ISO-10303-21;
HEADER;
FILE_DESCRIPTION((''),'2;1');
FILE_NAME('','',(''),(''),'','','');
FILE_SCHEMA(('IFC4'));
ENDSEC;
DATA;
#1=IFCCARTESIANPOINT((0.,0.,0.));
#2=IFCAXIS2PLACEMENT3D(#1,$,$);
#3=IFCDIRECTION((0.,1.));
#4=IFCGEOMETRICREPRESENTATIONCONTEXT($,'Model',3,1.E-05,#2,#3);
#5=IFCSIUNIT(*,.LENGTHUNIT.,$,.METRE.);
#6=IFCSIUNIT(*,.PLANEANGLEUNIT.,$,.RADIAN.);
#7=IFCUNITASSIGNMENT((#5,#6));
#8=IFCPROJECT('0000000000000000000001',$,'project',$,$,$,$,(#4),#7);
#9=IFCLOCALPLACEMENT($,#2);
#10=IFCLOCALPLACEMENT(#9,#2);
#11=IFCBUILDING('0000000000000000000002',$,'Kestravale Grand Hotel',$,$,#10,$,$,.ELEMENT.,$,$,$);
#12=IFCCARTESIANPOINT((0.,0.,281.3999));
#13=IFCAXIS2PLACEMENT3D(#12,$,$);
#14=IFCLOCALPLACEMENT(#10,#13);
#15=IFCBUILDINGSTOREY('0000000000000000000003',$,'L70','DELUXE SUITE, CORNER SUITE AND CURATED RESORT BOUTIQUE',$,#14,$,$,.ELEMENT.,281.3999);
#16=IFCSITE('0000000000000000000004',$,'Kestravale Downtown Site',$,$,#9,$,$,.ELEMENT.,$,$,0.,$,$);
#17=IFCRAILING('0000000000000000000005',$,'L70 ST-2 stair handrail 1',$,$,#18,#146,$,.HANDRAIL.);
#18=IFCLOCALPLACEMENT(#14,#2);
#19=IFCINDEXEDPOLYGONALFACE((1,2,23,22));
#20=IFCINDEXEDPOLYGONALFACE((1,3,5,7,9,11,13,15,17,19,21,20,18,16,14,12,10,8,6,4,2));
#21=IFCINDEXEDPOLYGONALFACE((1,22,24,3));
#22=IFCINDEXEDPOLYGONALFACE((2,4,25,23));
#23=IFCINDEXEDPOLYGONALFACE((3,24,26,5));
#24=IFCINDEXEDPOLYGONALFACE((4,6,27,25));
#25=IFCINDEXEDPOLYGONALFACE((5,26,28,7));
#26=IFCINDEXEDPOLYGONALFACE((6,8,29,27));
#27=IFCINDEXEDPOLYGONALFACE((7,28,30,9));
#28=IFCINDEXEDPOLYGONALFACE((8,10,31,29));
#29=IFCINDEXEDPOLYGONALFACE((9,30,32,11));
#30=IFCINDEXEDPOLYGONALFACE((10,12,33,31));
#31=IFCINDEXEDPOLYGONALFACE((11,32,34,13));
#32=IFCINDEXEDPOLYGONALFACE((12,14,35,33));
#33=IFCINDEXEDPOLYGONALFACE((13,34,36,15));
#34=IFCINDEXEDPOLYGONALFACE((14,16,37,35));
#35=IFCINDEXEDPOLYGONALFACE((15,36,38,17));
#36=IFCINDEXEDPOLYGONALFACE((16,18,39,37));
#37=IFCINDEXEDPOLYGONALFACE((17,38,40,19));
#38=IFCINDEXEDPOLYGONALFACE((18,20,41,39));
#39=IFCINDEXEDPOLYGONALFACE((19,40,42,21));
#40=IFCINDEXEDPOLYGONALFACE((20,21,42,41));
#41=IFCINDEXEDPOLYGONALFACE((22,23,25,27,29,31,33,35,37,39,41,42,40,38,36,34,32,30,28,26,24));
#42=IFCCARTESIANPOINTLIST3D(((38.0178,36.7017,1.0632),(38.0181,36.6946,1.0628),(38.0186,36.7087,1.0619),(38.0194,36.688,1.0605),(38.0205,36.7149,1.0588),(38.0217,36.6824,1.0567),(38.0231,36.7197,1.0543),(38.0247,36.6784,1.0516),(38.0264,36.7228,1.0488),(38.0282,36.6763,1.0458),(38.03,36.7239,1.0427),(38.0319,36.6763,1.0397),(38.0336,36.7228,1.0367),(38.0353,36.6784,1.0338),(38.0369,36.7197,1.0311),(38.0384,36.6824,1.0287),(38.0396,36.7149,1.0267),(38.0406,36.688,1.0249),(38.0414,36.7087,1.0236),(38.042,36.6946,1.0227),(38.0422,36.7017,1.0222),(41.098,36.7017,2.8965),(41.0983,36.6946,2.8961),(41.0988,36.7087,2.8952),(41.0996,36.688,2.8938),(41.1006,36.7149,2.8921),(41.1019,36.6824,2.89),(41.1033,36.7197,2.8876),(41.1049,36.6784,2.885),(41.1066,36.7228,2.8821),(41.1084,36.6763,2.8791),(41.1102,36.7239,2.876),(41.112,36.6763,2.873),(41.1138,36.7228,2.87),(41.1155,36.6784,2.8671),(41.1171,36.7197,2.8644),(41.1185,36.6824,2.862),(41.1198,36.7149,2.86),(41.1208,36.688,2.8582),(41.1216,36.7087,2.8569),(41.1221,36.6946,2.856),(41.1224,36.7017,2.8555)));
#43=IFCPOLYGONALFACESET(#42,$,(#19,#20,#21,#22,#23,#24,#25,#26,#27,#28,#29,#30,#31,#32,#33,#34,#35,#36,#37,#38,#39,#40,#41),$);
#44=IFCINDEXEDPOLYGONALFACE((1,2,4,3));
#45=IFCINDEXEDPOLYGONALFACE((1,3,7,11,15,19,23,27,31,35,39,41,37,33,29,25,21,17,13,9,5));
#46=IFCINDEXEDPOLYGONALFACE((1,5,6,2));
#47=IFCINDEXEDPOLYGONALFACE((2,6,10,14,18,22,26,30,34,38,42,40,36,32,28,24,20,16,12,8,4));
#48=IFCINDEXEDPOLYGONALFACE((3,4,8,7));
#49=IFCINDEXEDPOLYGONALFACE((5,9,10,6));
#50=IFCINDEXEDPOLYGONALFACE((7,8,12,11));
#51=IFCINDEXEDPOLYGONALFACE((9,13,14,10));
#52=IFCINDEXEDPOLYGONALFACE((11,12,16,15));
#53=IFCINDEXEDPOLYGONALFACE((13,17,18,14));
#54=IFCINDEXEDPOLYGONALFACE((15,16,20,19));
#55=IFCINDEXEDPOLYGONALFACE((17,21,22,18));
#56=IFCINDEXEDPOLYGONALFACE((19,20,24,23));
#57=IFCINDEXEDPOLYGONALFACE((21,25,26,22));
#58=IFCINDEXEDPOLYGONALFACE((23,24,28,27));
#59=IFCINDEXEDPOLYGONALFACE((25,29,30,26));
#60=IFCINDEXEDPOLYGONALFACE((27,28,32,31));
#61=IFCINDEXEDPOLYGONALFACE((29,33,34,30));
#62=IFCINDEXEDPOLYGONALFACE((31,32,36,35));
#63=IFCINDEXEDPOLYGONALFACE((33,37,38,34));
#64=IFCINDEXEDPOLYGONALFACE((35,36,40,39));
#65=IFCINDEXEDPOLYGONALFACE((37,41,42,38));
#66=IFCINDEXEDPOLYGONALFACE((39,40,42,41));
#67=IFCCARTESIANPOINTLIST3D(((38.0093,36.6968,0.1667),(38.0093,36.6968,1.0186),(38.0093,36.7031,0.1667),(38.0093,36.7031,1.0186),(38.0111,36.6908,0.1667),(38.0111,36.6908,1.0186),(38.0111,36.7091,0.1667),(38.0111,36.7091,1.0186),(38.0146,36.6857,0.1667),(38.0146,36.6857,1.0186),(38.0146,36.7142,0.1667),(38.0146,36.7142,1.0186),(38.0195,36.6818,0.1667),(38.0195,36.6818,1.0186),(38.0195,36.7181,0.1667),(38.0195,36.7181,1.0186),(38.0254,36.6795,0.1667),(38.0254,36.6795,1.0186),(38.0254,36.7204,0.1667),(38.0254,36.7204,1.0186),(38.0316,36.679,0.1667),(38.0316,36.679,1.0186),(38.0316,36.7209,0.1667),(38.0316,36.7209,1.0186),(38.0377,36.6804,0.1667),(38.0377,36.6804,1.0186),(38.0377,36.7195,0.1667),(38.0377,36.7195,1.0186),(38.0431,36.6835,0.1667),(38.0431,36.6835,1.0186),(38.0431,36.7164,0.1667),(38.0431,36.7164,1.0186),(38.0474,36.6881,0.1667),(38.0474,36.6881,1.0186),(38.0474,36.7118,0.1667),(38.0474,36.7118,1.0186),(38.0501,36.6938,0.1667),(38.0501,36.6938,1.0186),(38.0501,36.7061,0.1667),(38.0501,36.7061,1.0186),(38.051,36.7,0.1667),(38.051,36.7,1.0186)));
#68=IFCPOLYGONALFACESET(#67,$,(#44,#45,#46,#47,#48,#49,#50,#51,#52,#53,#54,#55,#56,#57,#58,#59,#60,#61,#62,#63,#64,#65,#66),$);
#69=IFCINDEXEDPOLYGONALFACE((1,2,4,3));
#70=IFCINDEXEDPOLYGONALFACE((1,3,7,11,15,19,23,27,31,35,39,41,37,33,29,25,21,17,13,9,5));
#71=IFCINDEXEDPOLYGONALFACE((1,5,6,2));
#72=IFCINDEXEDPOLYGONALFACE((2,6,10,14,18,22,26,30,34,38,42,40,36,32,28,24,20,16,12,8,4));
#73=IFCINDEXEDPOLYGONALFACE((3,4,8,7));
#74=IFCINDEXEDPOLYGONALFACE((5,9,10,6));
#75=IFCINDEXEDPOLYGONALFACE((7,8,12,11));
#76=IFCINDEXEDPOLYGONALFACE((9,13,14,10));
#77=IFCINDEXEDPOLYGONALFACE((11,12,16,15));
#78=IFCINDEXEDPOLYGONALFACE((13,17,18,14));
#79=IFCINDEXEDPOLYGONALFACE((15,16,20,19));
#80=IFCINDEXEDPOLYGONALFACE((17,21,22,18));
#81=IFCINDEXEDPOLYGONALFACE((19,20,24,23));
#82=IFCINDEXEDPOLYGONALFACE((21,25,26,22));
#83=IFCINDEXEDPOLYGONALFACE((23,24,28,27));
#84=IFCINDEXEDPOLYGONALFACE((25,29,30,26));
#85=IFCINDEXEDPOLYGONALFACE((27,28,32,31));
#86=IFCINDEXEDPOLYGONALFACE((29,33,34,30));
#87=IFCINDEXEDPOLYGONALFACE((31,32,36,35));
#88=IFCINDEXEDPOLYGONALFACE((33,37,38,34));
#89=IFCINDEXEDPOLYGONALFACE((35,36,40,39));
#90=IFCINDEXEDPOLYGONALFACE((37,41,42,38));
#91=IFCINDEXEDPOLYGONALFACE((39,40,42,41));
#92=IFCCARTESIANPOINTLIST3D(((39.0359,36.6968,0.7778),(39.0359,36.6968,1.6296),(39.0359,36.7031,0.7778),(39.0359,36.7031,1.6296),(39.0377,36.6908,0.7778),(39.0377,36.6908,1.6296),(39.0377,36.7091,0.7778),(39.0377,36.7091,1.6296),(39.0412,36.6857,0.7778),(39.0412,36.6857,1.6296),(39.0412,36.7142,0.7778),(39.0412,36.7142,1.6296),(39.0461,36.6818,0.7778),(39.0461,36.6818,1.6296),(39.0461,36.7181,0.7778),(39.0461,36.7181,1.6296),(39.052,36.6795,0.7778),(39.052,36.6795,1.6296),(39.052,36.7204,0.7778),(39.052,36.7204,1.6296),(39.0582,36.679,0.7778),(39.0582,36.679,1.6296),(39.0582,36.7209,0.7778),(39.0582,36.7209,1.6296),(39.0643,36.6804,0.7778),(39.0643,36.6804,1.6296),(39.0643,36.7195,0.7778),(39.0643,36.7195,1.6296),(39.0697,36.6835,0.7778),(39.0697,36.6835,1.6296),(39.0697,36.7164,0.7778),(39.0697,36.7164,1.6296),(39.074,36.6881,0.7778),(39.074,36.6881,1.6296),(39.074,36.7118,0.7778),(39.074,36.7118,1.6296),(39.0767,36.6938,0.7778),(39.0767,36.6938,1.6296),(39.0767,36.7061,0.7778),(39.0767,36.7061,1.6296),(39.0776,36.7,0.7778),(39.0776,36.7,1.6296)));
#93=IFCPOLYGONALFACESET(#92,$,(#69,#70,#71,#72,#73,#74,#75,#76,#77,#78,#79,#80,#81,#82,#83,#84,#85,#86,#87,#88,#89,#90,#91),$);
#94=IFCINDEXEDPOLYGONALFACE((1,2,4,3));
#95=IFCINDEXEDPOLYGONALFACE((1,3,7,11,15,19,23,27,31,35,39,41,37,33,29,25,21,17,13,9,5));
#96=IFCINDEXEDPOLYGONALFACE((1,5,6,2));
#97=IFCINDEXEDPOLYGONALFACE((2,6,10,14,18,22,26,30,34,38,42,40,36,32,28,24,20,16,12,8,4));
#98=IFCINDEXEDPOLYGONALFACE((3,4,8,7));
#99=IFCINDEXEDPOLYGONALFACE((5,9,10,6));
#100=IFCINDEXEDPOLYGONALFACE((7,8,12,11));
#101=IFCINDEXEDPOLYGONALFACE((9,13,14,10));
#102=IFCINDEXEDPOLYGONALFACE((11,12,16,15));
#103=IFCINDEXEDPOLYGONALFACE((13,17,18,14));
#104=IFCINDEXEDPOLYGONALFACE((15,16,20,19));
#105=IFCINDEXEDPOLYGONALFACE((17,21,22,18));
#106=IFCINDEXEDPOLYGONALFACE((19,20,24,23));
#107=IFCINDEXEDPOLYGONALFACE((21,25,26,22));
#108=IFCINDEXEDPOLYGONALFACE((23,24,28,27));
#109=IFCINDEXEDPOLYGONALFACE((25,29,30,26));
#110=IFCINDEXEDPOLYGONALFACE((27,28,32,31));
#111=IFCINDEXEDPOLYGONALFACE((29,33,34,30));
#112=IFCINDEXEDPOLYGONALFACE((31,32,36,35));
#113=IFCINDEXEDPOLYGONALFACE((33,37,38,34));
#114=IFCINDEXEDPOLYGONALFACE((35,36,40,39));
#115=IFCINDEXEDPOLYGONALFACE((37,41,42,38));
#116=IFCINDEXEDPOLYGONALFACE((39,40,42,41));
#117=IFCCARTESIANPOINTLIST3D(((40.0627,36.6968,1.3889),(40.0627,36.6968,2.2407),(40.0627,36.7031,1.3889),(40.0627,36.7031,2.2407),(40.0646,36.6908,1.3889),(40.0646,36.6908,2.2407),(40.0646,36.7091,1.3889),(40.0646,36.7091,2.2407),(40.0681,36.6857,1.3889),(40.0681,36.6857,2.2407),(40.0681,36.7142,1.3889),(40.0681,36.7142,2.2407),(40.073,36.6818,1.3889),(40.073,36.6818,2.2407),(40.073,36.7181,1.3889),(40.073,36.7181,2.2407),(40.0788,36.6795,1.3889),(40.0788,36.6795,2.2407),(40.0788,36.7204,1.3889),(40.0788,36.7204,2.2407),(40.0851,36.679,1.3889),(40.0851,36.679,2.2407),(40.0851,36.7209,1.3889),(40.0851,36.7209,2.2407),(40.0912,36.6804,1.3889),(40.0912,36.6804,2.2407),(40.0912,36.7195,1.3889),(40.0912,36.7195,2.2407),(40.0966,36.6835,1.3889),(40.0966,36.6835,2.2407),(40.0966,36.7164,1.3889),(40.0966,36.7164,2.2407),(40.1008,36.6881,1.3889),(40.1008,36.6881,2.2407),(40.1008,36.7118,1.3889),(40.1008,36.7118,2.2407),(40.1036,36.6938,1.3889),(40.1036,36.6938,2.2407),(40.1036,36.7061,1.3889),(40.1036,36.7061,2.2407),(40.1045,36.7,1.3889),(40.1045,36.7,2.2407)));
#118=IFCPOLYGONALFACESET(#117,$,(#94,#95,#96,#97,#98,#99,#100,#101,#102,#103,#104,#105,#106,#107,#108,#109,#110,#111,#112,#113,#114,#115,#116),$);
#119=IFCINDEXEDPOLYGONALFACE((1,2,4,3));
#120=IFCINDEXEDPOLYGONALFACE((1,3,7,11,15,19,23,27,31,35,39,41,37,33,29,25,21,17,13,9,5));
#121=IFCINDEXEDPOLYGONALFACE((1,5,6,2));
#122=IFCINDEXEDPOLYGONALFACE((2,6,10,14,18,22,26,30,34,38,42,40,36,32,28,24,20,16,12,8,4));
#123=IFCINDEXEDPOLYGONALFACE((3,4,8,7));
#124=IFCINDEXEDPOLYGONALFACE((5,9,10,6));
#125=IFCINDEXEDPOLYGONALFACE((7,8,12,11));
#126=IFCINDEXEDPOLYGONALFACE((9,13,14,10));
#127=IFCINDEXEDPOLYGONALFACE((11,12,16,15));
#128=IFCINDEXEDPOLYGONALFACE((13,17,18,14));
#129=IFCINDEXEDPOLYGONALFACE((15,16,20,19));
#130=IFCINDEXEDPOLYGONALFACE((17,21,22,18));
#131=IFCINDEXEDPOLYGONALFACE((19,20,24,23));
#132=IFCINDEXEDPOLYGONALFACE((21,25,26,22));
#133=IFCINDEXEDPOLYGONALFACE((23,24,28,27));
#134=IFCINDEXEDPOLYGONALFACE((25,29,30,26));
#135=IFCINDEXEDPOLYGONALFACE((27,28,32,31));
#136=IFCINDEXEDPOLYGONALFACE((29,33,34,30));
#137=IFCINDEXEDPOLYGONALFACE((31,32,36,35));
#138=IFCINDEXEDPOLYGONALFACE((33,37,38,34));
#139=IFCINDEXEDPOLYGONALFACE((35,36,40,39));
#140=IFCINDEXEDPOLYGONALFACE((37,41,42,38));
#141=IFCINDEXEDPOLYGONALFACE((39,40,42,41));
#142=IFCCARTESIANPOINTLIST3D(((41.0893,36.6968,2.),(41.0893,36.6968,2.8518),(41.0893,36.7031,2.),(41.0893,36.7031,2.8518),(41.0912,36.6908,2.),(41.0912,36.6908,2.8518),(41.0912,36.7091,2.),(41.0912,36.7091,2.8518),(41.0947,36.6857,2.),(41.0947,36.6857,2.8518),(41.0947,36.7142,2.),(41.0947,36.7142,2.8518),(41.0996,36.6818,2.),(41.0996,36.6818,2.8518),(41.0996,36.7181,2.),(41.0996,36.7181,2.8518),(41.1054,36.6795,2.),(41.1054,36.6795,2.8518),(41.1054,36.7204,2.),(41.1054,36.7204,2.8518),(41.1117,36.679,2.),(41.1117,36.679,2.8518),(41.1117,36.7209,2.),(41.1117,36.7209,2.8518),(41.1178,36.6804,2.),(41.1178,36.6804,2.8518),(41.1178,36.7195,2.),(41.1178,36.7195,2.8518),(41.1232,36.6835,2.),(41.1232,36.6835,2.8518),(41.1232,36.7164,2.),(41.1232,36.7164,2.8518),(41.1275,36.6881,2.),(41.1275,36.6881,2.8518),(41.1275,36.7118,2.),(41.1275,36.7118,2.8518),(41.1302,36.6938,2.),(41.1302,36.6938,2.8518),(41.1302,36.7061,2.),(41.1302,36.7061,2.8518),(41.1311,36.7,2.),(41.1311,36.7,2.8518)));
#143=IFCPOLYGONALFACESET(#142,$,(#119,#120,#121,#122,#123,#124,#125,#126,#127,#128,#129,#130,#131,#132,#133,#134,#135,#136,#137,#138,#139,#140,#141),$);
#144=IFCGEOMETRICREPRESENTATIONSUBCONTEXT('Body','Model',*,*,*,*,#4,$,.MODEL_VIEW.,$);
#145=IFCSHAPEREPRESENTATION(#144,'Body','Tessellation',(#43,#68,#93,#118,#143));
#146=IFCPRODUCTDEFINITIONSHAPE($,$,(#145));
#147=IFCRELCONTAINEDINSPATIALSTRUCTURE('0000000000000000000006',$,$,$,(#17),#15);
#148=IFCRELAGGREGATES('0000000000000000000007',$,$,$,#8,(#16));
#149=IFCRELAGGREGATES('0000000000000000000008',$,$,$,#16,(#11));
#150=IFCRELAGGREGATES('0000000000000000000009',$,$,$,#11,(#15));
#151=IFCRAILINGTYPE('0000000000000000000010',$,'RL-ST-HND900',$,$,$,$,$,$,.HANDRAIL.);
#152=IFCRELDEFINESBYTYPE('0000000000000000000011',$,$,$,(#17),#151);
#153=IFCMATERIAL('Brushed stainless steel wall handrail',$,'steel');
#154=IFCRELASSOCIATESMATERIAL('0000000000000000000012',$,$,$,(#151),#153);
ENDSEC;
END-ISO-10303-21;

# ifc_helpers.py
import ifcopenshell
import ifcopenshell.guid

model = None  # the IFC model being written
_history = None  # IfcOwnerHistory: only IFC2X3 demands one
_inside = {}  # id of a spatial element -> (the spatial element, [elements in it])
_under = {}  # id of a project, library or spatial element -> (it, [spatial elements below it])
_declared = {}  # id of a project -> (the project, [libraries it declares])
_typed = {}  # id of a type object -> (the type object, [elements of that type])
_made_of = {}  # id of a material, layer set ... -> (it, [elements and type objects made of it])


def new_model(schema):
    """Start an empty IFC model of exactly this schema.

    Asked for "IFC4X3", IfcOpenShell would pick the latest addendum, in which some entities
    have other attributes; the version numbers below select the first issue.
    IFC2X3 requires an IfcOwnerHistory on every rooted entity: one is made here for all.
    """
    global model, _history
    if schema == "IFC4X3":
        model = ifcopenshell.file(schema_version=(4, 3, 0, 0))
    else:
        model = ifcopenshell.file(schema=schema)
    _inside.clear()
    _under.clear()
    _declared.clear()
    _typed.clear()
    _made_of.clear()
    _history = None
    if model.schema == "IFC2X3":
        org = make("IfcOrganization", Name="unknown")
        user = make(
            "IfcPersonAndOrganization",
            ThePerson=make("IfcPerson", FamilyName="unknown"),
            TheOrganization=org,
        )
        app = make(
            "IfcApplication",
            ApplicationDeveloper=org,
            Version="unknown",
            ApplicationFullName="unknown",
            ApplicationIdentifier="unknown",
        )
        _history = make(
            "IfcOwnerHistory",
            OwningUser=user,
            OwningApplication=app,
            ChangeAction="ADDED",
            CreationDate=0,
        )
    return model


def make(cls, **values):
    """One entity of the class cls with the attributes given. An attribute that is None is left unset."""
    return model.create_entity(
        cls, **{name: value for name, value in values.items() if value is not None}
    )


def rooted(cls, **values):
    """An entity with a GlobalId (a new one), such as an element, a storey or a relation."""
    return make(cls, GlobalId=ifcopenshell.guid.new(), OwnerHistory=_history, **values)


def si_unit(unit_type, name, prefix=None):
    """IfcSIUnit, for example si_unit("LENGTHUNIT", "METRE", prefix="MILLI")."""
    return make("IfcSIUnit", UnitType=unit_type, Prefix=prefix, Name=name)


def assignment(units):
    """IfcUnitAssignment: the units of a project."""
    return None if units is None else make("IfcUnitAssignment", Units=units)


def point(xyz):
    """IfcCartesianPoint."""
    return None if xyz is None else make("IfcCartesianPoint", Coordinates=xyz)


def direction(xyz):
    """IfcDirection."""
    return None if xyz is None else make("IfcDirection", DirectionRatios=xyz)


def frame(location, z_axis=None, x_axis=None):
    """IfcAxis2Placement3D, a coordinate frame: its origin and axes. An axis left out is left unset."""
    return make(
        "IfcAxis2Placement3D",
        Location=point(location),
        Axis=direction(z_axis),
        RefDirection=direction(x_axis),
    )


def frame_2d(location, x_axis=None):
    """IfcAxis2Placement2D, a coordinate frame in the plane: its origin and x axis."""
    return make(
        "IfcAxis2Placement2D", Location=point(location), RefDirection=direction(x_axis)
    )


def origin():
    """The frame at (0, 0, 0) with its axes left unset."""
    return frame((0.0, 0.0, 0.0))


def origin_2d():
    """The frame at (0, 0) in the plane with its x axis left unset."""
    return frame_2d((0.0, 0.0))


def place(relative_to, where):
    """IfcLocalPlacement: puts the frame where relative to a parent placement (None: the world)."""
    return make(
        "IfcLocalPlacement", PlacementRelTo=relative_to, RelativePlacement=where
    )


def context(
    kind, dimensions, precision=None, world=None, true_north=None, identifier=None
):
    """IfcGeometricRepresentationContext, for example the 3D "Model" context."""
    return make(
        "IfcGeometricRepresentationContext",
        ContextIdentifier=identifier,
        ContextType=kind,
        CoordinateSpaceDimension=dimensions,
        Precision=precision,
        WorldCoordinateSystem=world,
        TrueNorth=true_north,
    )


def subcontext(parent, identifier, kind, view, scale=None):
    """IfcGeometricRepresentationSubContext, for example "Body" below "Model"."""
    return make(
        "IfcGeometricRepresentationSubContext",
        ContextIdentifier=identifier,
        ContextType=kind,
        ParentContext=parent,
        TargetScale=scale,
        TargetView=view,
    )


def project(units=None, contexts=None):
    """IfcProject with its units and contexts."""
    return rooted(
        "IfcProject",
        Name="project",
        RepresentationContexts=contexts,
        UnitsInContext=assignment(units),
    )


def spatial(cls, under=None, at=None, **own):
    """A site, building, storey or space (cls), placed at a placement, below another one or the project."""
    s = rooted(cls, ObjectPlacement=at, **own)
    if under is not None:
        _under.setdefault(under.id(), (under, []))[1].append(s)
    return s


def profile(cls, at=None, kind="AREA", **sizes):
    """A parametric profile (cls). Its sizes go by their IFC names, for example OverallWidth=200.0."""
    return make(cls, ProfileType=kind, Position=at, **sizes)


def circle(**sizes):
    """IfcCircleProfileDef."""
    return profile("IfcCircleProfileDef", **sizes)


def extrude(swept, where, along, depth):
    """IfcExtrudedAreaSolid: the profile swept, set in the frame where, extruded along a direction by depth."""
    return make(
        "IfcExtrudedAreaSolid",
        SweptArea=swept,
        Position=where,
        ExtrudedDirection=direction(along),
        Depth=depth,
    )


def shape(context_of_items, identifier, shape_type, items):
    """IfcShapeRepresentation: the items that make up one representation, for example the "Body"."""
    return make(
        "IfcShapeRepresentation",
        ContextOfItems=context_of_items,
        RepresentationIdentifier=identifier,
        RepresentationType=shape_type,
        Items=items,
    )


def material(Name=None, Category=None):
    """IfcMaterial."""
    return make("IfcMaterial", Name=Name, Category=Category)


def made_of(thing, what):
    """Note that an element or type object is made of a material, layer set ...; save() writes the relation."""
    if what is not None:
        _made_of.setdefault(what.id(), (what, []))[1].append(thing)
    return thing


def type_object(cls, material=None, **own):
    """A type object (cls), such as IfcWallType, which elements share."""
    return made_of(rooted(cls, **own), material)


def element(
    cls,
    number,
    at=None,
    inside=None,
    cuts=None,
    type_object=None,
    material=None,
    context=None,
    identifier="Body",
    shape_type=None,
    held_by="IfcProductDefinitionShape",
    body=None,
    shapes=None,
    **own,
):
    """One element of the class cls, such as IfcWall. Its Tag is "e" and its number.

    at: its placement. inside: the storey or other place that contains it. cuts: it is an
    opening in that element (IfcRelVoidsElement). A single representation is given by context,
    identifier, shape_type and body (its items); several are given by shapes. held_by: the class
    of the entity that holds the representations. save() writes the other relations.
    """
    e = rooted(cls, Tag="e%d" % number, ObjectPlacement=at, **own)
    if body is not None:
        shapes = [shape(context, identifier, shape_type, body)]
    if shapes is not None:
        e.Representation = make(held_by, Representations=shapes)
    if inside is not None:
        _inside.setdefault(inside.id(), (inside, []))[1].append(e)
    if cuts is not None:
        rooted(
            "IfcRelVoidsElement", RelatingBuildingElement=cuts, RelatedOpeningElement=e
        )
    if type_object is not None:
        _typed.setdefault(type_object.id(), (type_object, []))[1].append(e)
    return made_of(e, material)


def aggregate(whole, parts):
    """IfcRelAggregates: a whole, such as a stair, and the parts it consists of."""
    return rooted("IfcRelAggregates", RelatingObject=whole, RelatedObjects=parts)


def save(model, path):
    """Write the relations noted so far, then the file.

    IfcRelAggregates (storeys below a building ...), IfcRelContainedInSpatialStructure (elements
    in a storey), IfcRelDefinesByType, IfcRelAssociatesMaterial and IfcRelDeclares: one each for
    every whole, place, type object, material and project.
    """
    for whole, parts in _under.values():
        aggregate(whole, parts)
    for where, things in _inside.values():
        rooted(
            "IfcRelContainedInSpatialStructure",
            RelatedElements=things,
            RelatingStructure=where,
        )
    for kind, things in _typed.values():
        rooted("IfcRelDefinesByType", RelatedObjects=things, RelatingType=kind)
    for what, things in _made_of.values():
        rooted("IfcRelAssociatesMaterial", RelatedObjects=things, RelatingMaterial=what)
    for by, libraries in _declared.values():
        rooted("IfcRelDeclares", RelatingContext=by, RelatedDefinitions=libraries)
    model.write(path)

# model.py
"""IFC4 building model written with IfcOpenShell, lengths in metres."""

from ifc_helpers import new_model, si_unit, direction, frame, origin, origin_2d, place, context, subcontext, project, spatial, circle, extrude, material, type_object, element, save


model = new_model("IFC4")

# Units and contexts
model_context = context("Model", 3, precision=1e-05, world=origin(), true_north=direction((0.0, 1.0)))
body_context = subcontext(model_context, "Body", "Model", "MODEL_VIEW")
ifc_project = project(units=[si_unit("LENGTHUNIT", "METRE"), si_unit("PLANEANGLEUNIT", "RADIAN")], contexts=[model_context])

# Site, building, storey
site_placement = place(None, origin())
site = spatial("IfcSite", under=ifc_project, at=site_placement, Name="Kestravale Downtown Site", CompositionType="ELEMENT", RefElevation=0.0)
building_placement = place(site_placement, origin())
building = spatial("IfcBuilding", under=site, at=building_placement, Name="Kestravale Grand Hotel", CompositionType="ELEMENT")
storey_placement = place(building_placement, frame((0.0, 0.0, 281.3999)))
storey = spatial("IfcBuildingStorey", under=building, at=storey_placement, Name="L70", Description="DELUXE SUITE, CORNER SUITE AND CURATED RESORT BOUTIQUE", CompositionType="ELEMENT", Elevation=281.3999)

# Railing
ifc_material_1 = material(Name="Brushed stainless steel wall handrail", Category="steel")
railing_type = type_object("IfcRailingType", Name="RL-ST-HND900", PredefinedType="HANDRAIL", material=ifc_material_1)
railing_placement = place(storey_placement, frame((38.03, 36.7, 0.1667)))
element("IfcRailing", 1, at=railing_placement, inside=storey, type_object=railing_type, Name="L70 ST-2 stair handrail 1", PredefinedType="HANDRAIL", context=body_context, shape_type="SweptSolid", body=[
    extrude(circle(Radius=0.0239, at=origin_2d()), frame((0.0, 0.0, 0.876), z_axis=(0.859309, 0.0, 0.511458), x_axis=(0.0, 1.0, 0.0)), (0.0, 0.0, 1.0), 3.5845),
    extrude(circle(Radius=0.021, at=origin_2d()), origin(), (0.0, 0.0, 1.0), 0.8518),
    extrude(circle(Radius=0.021, at=origin_2d()), frame((1.0266, 0.0, 0.6111)), (0.0, 0.0, 1.0), 0.8518),
    extrude(circle(Radius=0.021, at=origin_2d()), frame((2.0535, 0.0, 1.2222)), (0.0, 0.0, 1.0), 0.8518),
    extrude(circle(Radius=0.021, at=origin_2d()), frame((3.0801, 0.0, 1.8333)), (0.0, 0.0, 1.0), 0.8518),
])

save(model, "model.ifc")
